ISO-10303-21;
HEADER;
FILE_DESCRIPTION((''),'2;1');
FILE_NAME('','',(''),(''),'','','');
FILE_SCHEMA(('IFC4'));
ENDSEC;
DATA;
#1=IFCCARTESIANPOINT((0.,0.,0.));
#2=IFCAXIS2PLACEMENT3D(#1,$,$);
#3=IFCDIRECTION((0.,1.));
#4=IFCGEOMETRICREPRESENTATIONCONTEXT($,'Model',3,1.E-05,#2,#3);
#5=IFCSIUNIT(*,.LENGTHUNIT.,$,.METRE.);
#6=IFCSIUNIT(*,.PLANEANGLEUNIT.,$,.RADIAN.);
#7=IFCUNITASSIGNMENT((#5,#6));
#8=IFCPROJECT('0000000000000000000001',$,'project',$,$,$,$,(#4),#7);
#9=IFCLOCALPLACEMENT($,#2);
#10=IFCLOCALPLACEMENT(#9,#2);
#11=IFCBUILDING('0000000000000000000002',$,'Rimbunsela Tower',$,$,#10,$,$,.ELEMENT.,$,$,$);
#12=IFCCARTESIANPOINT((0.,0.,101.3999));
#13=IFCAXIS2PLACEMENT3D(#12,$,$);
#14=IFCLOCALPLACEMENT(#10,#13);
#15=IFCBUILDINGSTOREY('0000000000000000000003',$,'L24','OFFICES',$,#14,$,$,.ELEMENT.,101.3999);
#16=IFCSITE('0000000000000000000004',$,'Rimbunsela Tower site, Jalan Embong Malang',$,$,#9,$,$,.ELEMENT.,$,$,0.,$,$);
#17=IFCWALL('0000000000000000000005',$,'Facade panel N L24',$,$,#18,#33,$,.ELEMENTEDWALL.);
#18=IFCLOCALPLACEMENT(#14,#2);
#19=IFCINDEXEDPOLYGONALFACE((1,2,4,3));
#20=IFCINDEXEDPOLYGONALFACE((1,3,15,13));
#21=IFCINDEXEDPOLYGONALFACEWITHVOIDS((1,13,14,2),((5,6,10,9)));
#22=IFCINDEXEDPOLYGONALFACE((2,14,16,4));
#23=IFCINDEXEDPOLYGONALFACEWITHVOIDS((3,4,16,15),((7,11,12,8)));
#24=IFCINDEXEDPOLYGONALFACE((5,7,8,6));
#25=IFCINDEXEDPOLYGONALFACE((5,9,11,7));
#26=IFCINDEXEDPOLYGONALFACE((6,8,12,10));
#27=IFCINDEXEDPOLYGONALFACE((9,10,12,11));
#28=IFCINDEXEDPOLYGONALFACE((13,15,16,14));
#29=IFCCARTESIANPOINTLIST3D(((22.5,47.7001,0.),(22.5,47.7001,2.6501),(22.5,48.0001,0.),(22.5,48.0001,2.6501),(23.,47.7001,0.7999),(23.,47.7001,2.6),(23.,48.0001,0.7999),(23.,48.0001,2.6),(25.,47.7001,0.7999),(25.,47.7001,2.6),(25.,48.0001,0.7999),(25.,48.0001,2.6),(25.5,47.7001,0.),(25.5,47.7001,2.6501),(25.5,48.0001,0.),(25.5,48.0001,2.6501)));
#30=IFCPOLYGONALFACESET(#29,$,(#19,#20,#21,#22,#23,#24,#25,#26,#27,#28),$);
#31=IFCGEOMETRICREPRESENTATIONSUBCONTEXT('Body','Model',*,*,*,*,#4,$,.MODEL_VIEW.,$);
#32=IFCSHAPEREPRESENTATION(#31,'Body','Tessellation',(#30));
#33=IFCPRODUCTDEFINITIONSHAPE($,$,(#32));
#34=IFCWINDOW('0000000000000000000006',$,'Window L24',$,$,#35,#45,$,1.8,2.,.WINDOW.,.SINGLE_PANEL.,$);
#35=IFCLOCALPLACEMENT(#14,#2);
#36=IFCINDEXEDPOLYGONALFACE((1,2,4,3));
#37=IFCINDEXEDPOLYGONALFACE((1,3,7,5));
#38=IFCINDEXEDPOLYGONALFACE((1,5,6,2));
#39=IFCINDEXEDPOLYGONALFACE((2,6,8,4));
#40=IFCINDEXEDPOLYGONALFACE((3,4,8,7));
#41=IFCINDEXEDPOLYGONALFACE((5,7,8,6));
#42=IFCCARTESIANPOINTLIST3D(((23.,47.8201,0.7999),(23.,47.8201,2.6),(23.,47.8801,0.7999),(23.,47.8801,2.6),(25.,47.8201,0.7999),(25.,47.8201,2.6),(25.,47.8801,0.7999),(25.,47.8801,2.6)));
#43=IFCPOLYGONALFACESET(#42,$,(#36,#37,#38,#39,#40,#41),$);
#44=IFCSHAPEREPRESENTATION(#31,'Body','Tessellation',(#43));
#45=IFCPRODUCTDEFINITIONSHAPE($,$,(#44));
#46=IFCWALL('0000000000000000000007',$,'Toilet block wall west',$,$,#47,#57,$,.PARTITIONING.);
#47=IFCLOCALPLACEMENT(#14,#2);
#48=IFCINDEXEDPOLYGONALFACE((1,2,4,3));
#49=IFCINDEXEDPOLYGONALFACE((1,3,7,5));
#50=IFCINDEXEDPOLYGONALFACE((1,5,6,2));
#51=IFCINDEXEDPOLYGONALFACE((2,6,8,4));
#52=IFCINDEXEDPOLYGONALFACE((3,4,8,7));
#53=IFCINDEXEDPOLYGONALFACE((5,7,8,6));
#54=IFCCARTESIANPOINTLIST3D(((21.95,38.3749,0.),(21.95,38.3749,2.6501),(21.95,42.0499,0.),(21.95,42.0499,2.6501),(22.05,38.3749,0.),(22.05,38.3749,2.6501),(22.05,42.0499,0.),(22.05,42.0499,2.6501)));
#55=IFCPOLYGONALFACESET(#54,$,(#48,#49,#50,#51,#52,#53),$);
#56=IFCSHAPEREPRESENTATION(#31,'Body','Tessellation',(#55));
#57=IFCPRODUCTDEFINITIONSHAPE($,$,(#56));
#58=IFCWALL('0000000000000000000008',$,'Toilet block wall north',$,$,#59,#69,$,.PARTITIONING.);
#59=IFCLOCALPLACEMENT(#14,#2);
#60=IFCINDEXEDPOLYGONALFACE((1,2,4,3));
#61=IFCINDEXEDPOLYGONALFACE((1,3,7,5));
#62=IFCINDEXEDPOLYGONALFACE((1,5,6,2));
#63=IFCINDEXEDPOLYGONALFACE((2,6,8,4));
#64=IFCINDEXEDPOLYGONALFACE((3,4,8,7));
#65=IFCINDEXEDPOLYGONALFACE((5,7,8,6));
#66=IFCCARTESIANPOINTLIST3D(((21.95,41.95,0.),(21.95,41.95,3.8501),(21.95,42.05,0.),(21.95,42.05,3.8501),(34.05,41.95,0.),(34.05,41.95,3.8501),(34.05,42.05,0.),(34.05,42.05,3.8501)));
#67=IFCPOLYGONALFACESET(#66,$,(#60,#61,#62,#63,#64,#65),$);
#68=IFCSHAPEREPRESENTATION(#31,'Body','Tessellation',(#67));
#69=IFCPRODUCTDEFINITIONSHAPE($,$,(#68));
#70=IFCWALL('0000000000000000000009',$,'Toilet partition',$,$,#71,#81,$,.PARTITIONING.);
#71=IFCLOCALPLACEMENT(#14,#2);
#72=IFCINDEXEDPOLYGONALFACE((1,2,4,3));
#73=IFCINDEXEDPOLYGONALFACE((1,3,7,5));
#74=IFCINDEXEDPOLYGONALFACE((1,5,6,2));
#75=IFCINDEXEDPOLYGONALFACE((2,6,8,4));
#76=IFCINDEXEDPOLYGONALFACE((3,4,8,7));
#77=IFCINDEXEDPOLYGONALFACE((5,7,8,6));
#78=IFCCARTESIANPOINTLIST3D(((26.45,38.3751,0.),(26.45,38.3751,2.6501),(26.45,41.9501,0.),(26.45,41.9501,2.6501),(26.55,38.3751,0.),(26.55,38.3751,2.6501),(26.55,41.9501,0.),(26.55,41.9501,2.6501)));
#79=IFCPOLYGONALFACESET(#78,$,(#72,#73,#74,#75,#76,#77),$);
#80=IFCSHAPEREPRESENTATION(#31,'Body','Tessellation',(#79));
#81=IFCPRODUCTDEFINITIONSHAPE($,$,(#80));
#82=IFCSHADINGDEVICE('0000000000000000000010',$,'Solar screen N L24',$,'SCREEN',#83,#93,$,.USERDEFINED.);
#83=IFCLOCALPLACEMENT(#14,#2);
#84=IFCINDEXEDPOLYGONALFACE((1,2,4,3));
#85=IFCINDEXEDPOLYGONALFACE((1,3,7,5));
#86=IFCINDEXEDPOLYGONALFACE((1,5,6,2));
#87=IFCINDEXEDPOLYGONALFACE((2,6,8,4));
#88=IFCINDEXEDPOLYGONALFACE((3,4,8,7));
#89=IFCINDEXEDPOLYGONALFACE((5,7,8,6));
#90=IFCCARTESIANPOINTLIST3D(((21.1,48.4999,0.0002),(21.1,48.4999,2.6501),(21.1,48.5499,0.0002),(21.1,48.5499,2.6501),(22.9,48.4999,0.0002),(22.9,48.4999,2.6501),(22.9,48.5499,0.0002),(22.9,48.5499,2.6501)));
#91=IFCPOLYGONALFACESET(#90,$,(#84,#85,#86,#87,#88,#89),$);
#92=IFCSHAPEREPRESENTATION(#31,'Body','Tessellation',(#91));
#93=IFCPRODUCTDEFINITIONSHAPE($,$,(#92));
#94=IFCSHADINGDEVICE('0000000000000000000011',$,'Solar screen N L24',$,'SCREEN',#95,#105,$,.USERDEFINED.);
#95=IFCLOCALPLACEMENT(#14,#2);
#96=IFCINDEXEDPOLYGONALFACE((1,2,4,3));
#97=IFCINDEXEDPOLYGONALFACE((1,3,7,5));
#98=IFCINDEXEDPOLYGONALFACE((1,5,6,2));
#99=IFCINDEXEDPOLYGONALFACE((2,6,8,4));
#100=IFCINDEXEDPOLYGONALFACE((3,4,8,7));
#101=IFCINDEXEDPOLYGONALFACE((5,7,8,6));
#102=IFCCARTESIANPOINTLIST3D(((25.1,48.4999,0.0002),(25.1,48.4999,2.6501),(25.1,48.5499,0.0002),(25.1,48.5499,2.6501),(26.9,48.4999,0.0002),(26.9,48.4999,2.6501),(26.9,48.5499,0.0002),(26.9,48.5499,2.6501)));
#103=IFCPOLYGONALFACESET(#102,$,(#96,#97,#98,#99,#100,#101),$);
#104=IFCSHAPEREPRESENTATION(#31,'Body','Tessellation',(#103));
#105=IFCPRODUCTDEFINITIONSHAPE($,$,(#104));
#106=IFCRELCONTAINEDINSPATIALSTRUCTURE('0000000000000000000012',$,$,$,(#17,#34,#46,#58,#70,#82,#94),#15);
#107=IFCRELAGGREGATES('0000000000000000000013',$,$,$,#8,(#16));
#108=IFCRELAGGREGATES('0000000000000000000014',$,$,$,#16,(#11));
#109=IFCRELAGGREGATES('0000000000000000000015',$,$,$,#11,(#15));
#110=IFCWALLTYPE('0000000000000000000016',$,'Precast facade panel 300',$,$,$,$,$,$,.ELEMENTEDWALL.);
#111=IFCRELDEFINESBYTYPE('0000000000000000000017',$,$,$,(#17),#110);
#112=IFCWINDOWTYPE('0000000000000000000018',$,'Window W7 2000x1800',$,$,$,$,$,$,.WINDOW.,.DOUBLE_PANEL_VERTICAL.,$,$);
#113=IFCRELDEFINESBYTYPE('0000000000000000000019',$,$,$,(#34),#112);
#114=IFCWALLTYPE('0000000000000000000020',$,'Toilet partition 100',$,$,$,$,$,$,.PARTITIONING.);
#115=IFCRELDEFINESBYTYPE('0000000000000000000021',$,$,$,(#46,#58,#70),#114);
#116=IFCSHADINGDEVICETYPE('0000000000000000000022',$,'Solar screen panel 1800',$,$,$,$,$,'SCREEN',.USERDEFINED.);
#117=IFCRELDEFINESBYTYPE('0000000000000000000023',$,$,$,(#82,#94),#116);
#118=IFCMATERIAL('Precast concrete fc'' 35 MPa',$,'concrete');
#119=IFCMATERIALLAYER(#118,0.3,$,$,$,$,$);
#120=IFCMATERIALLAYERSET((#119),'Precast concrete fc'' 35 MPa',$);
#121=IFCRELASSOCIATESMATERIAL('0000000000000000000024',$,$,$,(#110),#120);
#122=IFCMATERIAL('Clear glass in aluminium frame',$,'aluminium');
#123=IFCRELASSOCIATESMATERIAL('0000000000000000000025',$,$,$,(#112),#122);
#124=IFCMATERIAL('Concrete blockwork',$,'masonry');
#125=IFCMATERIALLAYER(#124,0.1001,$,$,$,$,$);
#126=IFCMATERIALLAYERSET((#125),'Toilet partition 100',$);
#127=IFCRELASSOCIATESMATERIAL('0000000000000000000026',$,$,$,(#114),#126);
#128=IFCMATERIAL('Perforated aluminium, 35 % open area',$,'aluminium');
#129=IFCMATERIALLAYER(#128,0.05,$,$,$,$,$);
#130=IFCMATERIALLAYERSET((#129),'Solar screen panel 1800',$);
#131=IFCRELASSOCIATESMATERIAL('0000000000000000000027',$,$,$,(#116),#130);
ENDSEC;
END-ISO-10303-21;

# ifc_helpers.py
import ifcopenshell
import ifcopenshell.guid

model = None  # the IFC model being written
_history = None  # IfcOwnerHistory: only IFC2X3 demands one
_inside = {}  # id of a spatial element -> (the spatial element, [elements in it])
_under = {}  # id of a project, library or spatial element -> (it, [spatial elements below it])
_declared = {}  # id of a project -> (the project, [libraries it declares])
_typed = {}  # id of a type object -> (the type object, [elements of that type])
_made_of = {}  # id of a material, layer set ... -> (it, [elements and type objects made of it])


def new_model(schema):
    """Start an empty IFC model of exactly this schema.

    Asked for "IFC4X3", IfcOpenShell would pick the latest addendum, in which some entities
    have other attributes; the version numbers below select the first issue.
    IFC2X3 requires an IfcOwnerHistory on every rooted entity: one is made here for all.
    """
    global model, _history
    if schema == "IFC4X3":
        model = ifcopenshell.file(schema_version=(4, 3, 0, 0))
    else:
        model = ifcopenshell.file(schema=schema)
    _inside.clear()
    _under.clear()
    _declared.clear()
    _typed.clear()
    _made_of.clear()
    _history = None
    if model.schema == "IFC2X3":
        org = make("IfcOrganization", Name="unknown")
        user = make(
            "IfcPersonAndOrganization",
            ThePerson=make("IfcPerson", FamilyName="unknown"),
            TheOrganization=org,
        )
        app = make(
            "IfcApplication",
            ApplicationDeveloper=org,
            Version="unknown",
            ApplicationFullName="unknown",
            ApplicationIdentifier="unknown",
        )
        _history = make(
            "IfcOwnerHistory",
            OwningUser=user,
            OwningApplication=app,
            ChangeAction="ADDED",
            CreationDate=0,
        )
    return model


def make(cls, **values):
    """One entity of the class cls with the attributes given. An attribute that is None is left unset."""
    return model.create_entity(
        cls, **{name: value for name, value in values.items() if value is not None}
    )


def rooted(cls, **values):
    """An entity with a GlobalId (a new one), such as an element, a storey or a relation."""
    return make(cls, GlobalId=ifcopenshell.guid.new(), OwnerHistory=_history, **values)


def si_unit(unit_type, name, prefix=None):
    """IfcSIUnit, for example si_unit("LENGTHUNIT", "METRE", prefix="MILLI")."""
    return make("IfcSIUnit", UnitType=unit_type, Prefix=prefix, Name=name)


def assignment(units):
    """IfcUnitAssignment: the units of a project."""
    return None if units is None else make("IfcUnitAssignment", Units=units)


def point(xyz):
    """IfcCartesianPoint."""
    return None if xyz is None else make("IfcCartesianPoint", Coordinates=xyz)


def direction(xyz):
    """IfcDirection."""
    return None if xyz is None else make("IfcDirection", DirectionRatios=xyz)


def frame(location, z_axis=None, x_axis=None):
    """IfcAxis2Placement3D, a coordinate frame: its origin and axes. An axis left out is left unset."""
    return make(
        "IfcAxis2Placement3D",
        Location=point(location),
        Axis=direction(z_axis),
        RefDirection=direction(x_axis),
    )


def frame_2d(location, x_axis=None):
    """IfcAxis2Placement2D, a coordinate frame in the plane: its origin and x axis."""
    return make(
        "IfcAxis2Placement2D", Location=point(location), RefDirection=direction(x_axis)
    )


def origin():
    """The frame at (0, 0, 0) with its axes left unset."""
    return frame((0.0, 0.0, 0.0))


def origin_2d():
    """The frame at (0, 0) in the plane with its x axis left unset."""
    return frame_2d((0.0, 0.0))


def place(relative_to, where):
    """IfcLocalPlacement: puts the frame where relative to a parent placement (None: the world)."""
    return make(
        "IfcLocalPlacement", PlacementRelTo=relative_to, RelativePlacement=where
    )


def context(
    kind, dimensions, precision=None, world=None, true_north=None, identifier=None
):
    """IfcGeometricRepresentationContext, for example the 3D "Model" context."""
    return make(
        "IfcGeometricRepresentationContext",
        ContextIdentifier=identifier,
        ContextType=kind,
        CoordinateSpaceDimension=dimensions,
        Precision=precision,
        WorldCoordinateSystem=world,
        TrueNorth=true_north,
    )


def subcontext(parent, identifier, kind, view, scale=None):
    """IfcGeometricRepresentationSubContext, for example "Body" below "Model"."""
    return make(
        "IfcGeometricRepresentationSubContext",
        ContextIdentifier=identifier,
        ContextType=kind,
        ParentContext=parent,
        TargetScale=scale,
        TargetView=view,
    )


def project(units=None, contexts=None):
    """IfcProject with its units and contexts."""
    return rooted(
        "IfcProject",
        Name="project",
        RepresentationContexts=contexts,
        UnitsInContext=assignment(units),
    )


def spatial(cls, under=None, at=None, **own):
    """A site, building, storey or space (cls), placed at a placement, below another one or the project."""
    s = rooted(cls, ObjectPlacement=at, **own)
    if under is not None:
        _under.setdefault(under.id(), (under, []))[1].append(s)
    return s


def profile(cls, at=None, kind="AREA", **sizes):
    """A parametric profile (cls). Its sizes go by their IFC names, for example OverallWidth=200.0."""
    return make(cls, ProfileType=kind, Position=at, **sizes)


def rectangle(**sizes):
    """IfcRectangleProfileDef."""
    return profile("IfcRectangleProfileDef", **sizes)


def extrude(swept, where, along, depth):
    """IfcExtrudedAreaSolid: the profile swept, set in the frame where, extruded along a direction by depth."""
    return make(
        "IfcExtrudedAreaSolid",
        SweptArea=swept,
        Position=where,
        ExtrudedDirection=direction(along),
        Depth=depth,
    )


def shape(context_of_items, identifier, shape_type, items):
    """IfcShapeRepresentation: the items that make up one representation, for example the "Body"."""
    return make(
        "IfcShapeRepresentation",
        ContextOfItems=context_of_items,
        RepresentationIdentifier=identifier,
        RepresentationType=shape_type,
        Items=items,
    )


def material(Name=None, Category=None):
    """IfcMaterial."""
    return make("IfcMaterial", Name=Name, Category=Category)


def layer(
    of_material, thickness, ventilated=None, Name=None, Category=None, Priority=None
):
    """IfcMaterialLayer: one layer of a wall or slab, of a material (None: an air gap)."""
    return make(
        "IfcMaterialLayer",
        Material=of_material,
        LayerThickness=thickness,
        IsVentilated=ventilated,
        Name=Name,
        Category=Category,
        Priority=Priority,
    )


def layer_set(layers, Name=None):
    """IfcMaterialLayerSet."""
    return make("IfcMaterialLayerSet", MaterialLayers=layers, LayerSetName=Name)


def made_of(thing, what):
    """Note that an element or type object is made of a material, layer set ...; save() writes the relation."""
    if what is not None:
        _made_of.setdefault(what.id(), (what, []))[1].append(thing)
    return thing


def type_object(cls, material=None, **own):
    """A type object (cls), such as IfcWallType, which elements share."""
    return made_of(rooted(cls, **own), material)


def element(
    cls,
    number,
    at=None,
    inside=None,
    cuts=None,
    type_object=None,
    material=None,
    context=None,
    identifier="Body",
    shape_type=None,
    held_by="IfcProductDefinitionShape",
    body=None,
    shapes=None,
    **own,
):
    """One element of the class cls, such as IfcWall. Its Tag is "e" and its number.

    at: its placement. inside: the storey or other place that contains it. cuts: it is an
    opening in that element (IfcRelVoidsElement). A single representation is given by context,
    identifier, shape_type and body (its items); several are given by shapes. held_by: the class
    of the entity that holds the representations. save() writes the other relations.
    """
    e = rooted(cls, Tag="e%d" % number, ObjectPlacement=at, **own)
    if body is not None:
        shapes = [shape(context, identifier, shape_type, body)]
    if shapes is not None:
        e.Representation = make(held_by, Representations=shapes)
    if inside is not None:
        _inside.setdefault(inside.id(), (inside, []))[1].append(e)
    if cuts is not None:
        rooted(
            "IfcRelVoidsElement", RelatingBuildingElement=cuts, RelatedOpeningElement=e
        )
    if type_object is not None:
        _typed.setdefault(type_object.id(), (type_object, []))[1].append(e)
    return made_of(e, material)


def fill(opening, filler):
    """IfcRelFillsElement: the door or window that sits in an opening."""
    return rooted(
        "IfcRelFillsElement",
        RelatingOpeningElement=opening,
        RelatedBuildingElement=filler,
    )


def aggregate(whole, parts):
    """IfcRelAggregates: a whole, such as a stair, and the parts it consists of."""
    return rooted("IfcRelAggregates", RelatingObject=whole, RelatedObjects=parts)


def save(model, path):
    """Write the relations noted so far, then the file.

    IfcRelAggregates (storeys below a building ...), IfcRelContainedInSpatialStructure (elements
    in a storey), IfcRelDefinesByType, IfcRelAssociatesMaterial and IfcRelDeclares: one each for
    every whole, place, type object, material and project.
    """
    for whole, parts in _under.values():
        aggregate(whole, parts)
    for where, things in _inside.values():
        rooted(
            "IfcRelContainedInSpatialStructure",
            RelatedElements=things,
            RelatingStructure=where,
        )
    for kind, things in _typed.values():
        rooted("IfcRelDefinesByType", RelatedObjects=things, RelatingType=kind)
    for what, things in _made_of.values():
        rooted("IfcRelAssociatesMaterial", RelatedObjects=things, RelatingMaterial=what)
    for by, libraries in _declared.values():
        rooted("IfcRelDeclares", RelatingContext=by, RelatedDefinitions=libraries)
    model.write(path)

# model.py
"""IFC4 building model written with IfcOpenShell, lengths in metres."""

from ifc_helpers import new_model, si_unit, direction, frame, frame_2d, origin, origin_2d, place, context, subcontext, project, spatial, rectangle, extrude, material, layer, layer_set, type_object, element, fill, save


model = new_model("IFC4")

# Units and contexts
model_context = context("Model", 3, precision=1e-05, world=origin(), true_north=direction((0.0, 1.0)))
body_context = subcontext(model_context, "Body", "Model", "MODEL_VIEW")
ifc_project = project(units=[si_unit("LENGTHUNIT", "METRE"), si_unit("PLANEANGLEUNIT", "RADIAN")], contexts=[model_context])

# Site, building, storey
site_placement = place(None, origin())
site = spatial("IfcSite", under=ifc_project, at=site_placement, Name="Rimbunsela Tower site, Jalan Embong Malang", CompositionType="ELEMENT", RefElevation=0.0)
building_placement = place(site_placement, origin())
building = spatial("IfcBuilding", under=site, at=building_placement, Name="Rimbunsela Tower", CompositionType="ELEMENT")
storey_placement = place(building_placement, frame((0.0, 0.0, 101.3999)))
storey = spatial("IfcBuildingStorey", under=building, at=storey_placement, Name="L24", Description="OFFICES", CompositionType="ELEMENT", Elevation=101.3999)

# Wall, opening, window
ifc_material_1 = material(Name="Precast concrete fc' 35 MPa", Category="concrete")
ifc_layer_1 = layer(ifc_material_1, 0.3)
ifc_layer_set_1 = layer_set([ifc_layer_1], Name="Precast concrete fc' 35 MPa")
wall_type_1 = type_object("IfcWallType", Name="Precast facade panel 300", PredefinedType="ELEMENTEDWALL", material=ifc_layer_set_1)
ifc_material_2 = material(Name="Clear glass in aluminium frame", Category="aluminium")
window_type = type_object("IfcWindowType", Name="Window W7 2000x1800", PartitioningType="DOUBLE_PANEL_VERTICAL", PredefinedType="WINDOW", material=ifc_material_2)
wall_1_placement = place(storey_placement, frame((25.5, 47.8501, 0.0), z_axis=(0.0, 0.0, 1.0), x_axis=(-1.0, 0.0, 0.0)))
wall_1 = element("IfcWall", 1, at=wall_1_placement, inside=storey, type_object=wall_type_1, Name="Facade panel N L24", PredefinedType="ELEMENTEDWALL", context=body_context, shape_type="SweptSolid", body=[
    extrude(rectangle(XDim=3.0, YDim=0.3, at=frame_2d((1.5, 0.0))), origin(), (0.0, 0.0, 1.0), 2.6501),
])
opening_1_placement = place(wall_1_placement, frame((0.5, 0.0, 0.8)))
opening_1 = element("IfcOpeningElement", 2, at=opening_1_placement, cuts=wall_1, PredefinedType="OPENING", context=body_context, shape_type="SweptSolid", body=[
    extrude(rectangle(XDim=2.0, YDim=1.8, at=frame_2d((1.0, 0.8999))), frame((0.0, 0.1599, 0.0), z_axis=(0.0, -1.0, 0.0), x_axis=(1.0, 0.0, 0.0)), (0.0, 0.0, 1.0), 0.3201),
])
window_1_placement = place(opening_1_placement, origin())
window_1 = element("IfcWindow", 3, at=window_1_placement, inside=storey, type_object=window_type, Name="Window L24", OverallHeight=1.8, OverallWidth=2.0, PartitioningType="SINGLE_PANEL", PredefinedType="WINDOW", context=body_context, shape_type="SweptSolid", body=[
    extrude(rectangle(XDim=2.0, YDim=1.8, at=frame_2d((1.0, 0.8999))), frame((0.0, 0.03, 0.0), z_axis=(0.0, -1.0, 0.0), x_axis=(1.0, 0.0, 0.0)), (0.0, 0.0, 1.0), 0.0601),
])
fill(opening_1, window_1)

# Walls
ifc_material_3 = material(Name="Concrete blockwork", Category="masonry")
ifc_layer_2 = layer(ifc_material_3, 0.1001)
ifc_layer_set_2 = layer_set([ifc_layer_2], Name="Toilet partition 100")
wall_type_2 = type_object("IfcWallType", Name="Toilet partition 100", PredefinedType="PARTITIONING", material=ifc_layer_set_2)
wall_2_placement = place(storey_placement, frame((22.0, 38.375, 0.0), z_axis=(0.0, 0.0, 1.0), x_axis=(0.0, 1.0, 0.0)))
element("IfcWall", 4, at=wall_2_placement, inside=storey, type_object=wall_type_2, Name="Toilet block wall west", PredefinedType="PARTITIONING", context=body_context, shape_type="SweptSolid", body=[
    extrude(rectangle(XDim=3.675, YDim=0.1001, at=frame_2d((1.8374, 0.0))), origin(), (0.0, 0.0, 1.0), 2.6501),
])
wall_3_placement = place(storey_placement, frame((21.95, 42.0, 0.0), z_axis=(0.0, 0.0, 1.0), x_axis=(1.0, 0.0, 0.0)))
element("IfcWall", 5, at=wall_3_placement, inside=storey, type_object=wall_type_2, Name="Toilet block wall north", PredefinedType="PARTITIONING", context=body_context, shape_type="SweptSolid", body=[
    extrude(rectangle(XDim=12.1001, YDim=0.1001, at=frame_2d((6.05, 0.0))), origin(), (0.0, 0.0, 1.0), 3.8501),
])
wall_4_placement = place(storey_placement, frame((26.5, 38.375, 0.0), z_axis=(0.0, 0.0, 1.0), x_axis=(0.0, 1.0, 0.0)))
element("IfcWall", 6, at=wall_4_placement, inside=storey, type_object=wall_type_2, Name="Toilet partition", PredefinedType="PARTITIONING", context=body_context, shape_type="SweptSolid", body=[
    extrude(rectangle(XDim=3.575, YDim=0.1001, at=frame_2d((1.7876, 0.0))), origin(), (0.0, 0.0, 1.0), 2.6501),
])

# Shading devices
ifc_material_4 = material(Name="Perforated aluminium, 35 % open area", Category="aluminium")
ifc_layer_3 = layer(ifc_material_4, 0.05)
ifc_layer_set_3 = layer_set([ifc_layer_3], Name="Solar screen panel 1800")
shading_device_type = type_object("IfcShadingDeviceType", Name="Solar screen panel 1800", ElementType="SCREEN", PredefinedType="USERDEFINED", material=ifc_layer_set_3)
for number, where, z_axis, x_axis, name in (
    (7, (22.0, 48.5249, 0.0002), (0.0, 0.0, 1.0), (1.0, 0.0, 0.0), "Solar screen N L24"),
    (8, (26.0, 48.5249, 0.0002), (0.0, 0.0, 1.0), (1.0, 0.0, 0.0), "Solar screen N L24"),
):
    element("IfcShadingDevice", number, at=place(storey_placement, frame(where, z_axis=z_axis, x_axis=x_axis)), inside=storey, type_object=shading_device_type, Name=name, ObjectType="SCREEN", PredefinedType="USERDEFINED", context=body_context, shape_type="SweptSolid", body=[
        extrude(rectangle(XDim=1.8, YDim=0.05, at=origin_2d()), origin(), (0.0, 0.0, 1.0), 2.6499),
    ])

save(model, "model.ifc")
